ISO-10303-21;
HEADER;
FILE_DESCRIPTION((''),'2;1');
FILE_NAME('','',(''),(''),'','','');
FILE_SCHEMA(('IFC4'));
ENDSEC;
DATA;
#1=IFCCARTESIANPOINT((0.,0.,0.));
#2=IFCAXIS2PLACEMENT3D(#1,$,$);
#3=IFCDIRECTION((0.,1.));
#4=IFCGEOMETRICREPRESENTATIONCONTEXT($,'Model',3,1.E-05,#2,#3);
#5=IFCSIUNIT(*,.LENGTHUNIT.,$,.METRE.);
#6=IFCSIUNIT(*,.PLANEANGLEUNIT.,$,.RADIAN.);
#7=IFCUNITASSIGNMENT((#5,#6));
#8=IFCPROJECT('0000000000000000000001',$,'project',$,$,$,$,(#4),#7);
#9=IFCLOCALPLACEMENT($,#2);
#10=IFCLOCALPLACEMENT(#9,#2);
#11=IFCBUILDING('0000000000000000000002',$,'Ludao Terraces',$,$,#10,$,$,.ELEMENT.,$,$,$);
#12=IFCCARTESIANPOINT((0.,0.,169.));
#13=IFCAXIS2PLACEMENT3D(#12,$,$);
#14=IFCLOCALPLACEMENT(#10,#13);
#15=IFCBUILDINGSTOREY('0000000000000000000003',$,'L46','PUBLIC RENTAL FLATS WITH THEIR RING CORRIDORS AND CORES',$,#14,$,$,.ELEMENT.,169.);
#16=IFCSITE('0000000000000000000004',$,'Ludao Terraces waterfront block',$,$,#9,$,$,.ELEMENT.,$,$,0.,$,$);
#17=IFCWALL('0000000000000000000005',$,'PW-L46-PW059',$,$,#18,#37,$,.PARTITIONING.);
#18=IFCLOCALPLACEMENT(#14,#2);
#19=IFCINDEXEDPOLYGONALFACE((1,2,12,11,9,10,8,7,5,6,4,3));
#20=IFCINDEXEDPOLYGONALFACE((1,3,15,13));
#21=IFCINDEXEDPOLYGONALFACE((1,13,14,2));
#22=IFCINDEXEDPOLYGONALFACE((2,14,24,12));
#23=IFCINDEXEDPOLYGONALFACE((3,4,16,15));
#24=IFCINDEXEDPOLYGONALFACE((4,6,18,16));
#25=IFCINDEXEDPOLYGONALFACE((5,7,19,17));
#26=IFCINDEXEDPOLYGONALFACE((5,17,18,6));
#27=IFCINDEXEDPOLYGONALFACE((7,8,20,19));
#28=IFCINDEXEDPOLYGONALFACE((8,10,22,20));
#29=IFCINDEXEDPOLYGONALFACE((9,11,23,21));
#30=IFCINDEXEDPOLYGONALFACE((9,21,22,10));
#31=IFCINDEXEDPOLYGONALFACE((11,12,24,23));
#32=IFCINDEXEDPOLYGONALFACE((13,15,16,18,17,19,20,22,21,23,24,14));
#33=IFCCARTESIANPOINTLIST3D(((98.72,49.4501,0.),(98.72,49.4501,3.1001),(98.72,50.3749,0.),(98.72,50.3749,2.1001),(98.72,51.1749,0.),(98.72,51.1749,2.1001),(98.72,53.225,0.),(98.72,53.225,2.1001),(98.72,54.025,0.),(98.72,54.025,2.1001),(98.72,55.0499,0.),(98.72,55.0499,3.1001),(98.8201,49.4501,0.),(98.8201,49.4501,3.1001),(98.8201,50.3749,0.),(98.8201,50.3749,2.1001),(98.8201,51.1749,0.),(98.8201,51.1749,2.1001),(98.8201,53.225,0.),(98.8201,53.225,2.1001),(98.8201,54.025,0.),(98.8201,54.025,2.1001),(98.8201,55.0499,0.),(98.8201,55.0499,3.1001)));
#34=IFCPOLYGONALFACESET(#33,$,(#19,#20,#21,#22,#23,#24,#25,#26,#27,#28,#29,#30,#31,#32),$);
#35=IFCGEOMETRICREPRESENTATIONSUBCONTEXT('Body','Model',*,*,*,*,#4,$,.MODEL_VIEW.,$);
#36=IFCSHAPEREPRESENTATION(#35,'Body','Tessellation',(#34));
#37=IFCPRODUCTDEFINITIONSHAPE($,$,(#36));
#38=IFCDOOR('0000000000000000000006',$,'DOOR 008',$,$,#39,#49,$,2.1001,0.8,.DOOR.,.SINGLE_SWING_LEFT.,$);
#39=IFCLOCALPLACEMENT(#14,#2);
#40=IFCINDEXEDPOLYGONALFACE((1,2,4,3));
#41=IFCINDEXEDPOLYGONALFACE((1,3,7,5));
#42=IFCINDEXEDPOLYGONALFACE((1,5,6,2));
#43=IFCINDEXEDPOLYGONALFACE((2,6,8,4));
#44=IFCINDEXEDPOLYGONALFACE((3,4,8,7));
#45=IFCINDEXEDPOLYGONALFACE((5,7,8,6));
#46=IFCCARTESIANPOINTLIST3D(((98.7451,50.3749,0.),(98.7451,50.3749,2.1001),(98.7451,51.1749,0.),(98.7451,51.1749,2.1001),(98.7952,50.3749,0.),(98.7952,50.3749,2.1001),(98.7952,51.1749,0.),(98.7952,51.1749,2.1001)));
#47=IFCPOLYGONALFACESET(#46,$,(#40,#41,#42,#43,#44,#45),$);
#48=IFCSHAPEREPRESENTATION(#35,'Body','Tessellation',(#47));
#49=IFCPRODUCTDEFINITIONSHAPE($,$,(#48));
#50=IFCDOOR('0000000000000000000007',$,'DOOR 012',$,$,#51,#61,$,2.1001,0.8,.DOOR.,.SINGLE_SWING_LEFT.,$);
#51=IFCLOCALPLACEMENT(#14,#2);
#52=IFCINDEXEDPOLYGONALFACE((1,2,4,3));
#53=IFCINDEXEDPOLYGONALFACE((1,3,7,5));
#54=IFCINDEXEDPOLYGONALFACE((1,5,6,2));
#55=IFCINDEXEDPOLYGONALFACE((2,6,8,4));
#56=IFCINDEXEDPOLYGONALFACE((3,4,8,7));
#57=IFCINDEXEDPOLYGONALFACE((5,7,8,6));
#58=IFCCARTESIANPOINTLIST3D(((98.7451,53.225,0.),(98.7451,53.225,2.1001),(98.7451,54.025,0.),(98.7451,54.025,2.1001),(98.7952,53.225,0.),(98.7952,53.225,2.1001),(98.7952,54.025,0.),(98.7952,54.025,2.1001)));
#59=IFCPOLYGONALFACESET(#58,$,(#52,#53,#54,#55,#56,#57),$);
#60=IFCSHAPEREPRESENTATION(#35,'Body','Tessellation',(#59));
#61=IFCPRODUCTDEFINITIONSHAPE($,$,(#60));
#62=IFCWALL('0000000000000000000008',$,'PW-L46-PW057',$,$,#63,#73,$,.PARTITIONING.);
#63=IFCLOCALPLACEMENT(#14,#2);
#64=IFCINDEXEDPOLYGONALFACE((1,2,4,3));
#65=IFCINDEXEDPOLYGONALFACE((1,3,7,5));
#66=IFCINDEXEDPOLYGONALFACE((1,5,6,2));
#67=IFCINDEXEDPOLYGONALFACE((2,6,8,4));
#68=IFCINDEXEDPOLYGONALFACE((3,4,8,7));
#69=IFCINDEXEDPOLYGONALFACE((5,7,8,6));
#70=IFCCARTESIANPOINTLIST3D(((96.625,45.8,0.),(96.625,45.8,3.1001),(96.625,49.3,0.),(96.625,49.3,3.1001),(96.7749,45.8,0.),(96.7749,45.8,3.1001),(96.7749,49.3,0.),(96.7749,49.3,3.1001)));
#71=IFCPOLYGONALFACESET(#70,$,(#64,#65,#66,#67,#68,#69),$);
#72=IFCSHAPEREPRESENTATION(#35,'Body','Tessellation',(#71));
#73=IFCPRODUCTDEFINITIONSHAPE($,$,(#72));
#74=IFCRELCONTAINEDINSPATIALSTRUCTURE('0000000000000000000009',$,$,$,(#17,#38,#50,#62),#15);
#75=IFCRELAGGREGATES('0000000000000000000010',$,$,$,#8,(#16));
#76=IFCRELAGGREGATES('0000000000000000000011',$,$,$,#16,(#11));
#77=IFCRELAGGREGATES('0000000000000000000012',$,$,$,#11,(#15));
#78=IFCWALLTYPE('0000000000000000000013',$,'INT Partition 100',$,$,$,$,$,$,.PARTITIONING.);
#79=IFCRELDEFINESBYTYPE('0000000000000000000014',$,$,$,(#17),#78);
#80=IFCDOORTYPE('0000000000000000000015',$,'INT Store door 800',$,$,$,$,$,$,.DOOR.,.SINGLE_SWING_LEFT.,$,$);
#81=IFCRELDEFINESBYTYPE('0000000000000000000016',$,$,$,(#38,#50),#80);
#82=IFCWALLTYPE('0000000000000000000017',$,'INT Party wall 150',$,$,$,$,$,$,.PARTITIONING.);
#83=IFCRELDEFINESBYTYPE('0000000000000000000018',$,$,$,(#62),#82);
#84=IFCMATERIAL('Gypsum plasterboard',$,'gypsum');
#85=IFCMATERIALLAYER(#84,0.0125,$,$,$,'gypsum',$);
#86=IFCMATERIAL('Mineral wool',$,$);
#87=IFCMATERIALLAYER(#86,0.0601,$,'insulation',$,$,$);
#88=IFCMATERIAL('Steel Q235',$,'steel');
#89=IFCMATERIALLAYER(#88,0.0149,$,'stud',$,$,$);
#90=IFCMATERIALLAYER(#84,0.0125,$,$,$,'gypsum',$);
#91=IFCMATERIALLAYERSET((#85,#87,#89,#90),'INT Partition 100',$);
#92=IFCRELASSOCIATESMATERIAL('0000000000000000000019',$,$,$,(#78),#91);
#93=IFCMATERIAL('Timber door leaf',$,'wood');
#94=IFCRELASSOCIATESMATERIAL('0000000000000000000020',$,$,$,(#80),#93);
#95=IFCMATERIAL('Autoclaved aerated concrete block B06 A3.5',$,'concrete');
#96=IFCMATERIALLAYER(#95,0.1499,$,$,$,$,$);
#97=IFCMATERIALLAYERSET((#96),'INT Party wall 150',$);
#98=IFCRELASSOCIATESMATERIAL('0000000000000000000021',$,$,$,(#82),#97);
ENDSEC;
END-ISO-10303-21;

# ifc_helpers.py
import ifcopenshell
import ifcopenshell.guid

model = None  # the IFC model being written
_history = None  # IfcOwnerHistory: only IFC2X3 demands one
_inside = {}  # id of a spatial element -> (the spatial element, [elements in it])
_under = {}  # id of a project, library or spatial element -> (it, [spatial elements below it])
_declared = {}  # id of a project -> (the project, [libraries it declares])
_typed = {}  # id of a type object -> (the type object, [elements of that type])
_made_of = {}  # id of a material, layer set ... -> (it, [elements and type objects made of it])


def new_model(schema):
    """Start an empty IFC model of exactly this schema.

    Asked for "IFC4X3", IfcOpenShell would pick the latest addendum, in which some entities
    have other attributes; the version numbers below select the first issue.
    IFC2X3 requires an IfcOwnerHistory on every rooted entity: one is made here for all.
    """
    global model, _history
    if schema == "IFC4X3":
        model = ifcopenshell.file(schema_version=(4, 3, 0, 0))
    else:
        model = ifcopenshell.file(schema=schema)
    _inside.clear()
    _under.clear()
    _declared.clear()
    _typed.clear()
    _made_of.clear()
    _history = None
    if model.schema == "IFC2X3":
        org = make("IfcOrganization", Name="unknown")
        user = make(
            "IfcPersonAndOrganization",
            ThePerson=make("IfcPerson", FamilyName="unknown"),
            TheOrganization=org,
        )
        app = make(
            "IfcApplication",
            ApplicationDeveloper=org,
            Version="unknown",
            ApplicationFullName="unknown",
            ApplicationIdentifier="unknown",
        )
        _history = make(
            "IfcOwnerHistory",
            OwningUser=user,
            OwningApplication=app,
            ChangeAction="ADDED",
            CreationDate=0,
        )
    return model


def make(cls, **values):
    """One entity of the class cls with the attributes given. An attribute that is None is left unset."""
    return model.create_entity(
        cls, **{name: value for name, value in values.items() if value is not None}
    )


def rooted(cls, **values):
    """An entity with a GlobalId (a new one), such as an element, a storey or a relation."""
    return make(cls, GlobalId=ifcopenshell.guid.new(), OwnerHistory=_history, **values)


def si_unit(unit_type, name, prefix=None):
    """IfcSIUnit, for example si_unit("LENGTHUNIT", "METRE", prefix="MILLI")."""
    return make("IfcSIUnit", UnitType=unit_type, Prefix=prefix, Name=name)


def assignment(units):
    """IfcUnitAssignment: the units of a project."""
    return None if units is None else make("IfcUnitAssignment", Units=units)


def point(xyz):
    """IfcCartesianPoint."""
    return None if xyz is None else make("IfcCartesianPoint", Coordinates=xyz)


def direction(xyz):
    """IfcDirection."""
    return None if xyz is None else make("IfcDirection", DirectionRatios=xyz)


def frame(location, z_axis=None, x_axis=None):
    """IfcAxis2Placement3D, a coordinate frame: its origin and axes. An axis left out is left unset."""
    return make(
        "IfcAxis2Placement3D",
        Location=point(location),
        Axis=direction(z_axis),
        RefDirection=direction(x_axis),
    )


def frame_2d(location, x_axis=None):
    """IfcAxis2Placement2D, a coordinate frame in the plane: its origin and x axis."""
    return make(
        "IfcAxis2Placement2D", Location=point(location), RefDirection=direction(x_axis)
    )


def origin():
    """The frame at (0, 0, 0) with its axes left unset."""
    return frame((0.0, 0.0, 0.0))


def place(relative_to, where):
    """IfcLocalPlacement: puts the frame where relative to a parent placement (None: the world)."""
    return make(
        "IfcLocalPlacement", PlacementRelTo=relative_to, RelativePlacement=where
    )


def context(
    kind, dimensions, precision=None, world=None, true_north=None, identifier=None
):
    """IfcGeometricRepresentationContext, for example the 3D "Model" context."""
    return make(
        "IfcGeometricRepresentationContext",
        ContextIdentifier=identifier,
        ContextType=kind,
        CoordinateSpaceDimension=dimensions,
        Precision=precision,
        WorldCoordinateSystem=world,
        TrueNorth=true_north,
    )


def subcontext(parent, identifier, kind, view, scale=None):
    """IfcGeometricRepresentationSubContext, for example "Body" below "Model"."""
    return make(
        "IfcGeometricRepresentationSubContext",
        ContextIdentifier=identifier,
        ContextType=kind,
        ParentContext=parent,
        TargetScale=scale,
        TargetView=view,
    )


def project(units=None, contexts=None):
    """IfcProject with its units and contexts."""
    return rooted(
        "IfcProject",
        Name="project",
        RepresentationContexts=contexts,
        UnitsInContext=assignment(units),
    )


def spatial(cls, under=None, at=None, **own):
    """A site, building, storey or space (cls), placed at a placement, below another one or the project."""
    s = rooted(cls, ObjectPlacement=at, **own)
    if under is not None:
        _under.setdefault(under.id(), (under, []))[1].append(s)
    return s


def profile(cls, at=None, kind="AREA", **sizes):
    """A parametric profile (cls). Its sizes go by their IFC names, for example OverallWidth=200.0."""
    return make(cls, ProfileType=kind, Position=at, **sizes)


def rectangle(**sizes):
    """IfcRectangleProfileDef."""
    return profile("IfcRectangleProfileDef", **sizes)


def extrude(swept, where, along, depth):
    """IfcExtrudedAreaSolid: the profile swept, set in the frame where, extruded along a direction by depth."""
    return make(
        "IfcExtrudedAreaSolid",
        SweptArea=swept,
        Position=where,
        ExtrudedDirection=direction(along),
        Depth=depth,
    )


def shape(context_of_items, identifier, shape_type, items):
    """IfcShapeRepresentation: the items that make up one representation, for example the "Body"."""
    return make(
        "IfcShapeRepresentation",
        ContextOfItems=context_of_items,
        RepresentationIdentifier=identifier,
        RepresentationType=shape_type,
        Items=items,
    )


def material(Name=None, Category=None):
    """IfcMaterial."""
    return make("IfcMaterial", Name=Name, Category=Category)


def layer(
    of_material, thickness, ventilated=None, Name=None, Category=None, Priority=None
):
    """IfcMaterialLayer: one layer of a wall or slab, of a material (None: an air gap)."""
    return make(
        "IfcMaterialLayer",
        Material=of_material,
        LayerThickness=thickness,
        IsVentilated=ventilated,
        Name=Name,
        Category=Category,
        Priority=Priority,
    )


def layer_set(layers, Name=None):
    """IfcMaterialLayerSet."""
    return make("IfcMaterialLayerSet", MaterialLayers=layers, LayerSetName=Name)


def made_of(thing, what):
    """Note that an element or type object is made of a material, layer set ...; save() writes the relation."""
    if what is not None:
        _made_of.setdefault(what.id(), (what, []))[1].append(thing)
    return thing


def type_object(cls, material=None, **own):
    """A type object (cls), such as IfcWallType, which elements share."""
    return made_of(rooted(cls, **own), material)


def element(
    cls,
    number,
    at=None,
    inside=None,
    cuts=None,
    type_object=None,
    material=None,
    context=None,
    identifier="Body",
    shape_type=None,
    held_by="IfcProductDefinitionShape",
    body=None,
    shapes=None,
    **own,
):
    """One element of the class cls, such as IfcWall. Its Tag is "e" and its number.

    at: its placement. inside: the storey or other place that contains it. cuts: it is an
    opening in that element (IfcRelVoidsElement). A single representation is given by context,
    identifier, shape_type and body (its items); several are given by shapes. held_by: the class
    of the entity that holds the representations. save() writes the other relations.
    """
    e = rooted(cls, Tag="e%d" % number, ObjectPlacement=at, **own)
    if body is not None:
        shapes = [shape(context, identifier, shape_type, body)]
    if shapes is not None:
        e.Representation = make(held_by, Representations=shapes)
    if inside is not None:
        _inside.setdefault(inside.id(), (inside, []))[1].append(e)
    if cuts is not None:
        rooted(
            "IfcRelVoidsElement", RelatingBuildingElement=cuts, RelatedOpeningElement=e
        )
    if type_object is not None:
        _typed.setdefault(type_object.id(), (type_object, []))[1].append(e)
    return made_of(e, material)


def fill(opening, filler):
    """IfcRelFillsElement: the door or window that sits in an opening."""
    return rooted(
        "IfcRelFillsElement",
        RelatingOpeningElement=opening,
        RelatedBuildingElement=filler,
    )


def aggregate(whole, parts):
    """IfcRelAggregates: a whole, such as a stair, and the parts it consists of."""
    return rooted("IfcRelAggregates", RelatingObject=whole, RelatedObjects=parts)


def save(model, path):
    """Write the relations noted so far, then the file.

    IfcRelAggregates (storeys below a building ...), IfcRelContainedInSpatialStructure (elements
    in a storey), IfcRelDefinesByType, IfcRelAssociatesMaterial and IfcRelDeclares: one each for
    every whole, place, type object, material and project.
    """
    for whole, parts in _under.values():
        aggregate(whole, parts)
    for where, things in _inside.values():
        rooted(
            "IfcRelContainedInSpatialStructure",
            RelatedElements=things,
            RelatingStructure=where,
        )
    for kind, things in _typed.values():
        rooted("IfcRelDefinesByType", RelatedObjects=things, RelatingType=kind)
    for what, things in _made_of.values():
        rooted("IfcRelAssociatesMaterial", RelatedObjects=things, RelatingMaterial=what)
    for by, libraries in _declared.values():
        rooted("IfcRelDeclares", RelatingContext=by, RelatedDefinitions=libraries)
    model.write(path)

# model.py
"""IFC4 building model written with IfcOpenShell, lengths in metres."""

from ifc_helpers import new_model, si_unit, direction, frame, frame_2d, origin, place, context, subcontext, project, spatial, rectangle, extrude, material, layer, layer_set, type_object, element, fill, save


model = new_model("IFC4")

# Units and contexts
model_context = context("Model", 3, precision=1e-05, world=origin(), true_north=direction((0.0, 1.0)))
body_context = subcontext(model_context, "Body", "Model", "MODEL_VIEW")
ifc_project = project(units=[si_unit("LENGTHUNIT", "METRE"), si_unit("PLANEANGLEUNIT", "RADIAN")], contexts=[model_context])

# Site, building, storey
site_placement = place(None, origin())
site = spatial("IfcSite", under=ifc_project, at=site_placement, Name="Ludao Terraces waterfront block", CompositionType="ELEMENT", RefElevation=0.0)
building_placement = place(site_placement, origin())
building = spatial("IfcBuilding", under=site, at=building_placement, Name="Ludao Terraces", CompositionType="ELEMENT")
storey_placement = place(building_placement, frame((0.0, 0.0, 169.0)))
storey = spatial("IfcBuildingStorey", under=building, at=storey_placement, Name="L46", Description="PUBLIC RENTAL FLATS WITH THEIR RING CORRIDORS AND CORES", CompositionType="ELEMENT", Elevation=169.0)

# Shared definitions
ifc_material_1 = material(Name="Mineral wool")

# Wall, openings, doors
ifc_material_2 = material(Name="Autoclaved aerated concrete block B06 A3.5", Category="concrete")
ifc_material_3 = material(Name="Steel Q235", Category="steel")
ifc_material_4 = material(Name="Gypsum plasterboard", Category="gypsum")
ifc_layer_1 = layer(ifc_material_4, 0.0125, Category="gypsum")
ifc_layer_2 = layer(ifc_material_1, 0.0601, Name="insulation")
ifc_layer_3 = layer(ifc_material_3, 0.0149, Name="stud")
ifc_layer_4 = layer(ifc_material_4, 0.0125, Category="gypsum")
ifc_layer_set_1 = layer_set([ifc_layer_1, ifc_layer_2, ifc_layer_3, ifc_layer_4], Name="INT Partition 100")
wall_type_1 = type_object("IfcWallType", Name="INT Partition 100", PredefinedType="PARTITIONING", material=ifc_layer_set_1)
wall_1_placement = place(storey_placement, frame((98.77, 49.4502, 0.0), z_axis=(0.0, 0.0, 1.0), x_axis=(0.0, 1.0, 0.0)))
wall_1 = element("IfcWall", 1, at=wall_1_placement, inside=storey, type_object=wall_type_1, Name="PW-L46-PW059", PredefinedType="PARTITIONING", context=body_context, shape_type="SweptSolid", body=[
    extrude(rectangle(XDim=5.5999, YDim=0.1001, at=frame_2d((2.7998, 0.0))), origin(), (0.0, 0.0, 1.0), 3.1001),
])
opening_1_placement = place(wall_1_placement, frame((0.9248, 0.0, 0.0)))
opening_1 = element("IfcOpeningElement", 2, at=opening_1_placement, cuts=wall_1, PredefinedType="OPENING", context=body_context, shape_type="SweptSolid", body=[
    extrude(rectangle(XDim=0.8, YDim=2.1001, at=frame_2d((0.3999, 1.05))), frame((0.0, 0.0601, 0.0), z_axis=(0.0, -1.0, 0.0), x_axis=(1.0, 0.0, 0.0)), (0.0, 0.0, 1.0), 0.1201),
])
opening_2_placement = place(wall_1_placement, frame((3.7749, 0.0, 0.0)))
opening_2 = element("IfcOpeningElement", 3, at=opening_2_placement, cuts=wall_1, PredefinedType="OPENING", context=body_context, shape_type="SweptSolid", body=[
    extrude(rectangle(XDim=0.8, YDim=2.1001, at=frame_2d((0.3999, 1.05))), frame((0.0, 0.0601, 0.0), z_axis=(0.0, -1.0, 0.0), x_axis=(1.0, 0.0, 0.0)), (0.0, 0.0, 1.0), 0.1201),
])
ifc_material_5 = material(Name="Timber door leaf", Category="wood")
door_type_1 = type_object("IfcDoorType", Name="INT Store door 800", OperationType="SINGLE_SWING_LEFT", PredefinedType="DOOR", material=ifc_material_5)
door_1_placement = place(opening_1_placement, origin())
door_1 = element("IfcDoor", 4, at=door_1_placement, inside=storey, type_object=door_type_1, Name="DOOR 008", OperationType="SINGLE_SWING_LEFT", OverallHeight=2.1001, OverallWidth=0.8, PredefinedType="DOOR", context=body_context, shape_type="SweptSolid", body=[
    extrude(rectangle(XDim=0.8, YDim=2.1001, at=frame_2d((0.3999, 1.05))), frame((0.0, 0.0249, 0.0), z_axis=(0.0, -1.0, 0.0), x_axis=(1.0, 0.0, 0.0)), (0.0, 0.0, 1.0), 0.05),
])
fill(opening_1, door_1)
door_2_placement = place(opening_2_placement, origin())
door_2 = element("IfcDoor", 5, at=door_2_placement, inside=storey, type_object=door_type_1, Name="DOOR 012", OperationType="SINGLE_SWING_LEFT", OverallHeight=2.1001, OverallWidth=0.8, PredefinedType="DOOR", context=body_context, shape_type="SweptSolid", body=[
    extrude(rectangle(XDim=0.8, YDim=2.1001, at=frame_2d((0.3999, 1.05))), frame((0.0, 0.0249, 0.0), z_axis=(0.0, -1.0, 0.0), x_axis=(1.0, 0.0, 0.0)), (0.0, 0.0, 1.0), 0.05),
])
fill(opening_2, door_2)

# Wall
ifc_layer_5 = layer(ifc_material_2, 0.1499)
ifc_layer_set_2 = layer_set([ifc_layer_5], Name="INT Party wall 150")
wall_type_2 = type_object("IfcWallType", Name="INT Party wall 150", PredefinedType="PARTITIONING", material=ifc_layer_set_2)
wall_2_placement = place(storey_placement, frame((96.7, 45.8, 0.0), z_axis=(0.0, 0.0, 1.0), x_axis=(0.0, 1.0, 0.0)))
element("IfcWall", 6, at=wall_2_placement, inside=storey, type_object=wall_type_2, Name="PW-L46-PW057", PredefinedType="PARTITIONING", context=body_context, shape_type="SweptSolid", body=[
    extrude(rectangle(XDim=3.5, YDim=0.1499, at=frame_2d((1.75, 0.0))), origin(), (0.0, 0.0, 1.0), 3.1001),
])

save(model, "model.ifc")
